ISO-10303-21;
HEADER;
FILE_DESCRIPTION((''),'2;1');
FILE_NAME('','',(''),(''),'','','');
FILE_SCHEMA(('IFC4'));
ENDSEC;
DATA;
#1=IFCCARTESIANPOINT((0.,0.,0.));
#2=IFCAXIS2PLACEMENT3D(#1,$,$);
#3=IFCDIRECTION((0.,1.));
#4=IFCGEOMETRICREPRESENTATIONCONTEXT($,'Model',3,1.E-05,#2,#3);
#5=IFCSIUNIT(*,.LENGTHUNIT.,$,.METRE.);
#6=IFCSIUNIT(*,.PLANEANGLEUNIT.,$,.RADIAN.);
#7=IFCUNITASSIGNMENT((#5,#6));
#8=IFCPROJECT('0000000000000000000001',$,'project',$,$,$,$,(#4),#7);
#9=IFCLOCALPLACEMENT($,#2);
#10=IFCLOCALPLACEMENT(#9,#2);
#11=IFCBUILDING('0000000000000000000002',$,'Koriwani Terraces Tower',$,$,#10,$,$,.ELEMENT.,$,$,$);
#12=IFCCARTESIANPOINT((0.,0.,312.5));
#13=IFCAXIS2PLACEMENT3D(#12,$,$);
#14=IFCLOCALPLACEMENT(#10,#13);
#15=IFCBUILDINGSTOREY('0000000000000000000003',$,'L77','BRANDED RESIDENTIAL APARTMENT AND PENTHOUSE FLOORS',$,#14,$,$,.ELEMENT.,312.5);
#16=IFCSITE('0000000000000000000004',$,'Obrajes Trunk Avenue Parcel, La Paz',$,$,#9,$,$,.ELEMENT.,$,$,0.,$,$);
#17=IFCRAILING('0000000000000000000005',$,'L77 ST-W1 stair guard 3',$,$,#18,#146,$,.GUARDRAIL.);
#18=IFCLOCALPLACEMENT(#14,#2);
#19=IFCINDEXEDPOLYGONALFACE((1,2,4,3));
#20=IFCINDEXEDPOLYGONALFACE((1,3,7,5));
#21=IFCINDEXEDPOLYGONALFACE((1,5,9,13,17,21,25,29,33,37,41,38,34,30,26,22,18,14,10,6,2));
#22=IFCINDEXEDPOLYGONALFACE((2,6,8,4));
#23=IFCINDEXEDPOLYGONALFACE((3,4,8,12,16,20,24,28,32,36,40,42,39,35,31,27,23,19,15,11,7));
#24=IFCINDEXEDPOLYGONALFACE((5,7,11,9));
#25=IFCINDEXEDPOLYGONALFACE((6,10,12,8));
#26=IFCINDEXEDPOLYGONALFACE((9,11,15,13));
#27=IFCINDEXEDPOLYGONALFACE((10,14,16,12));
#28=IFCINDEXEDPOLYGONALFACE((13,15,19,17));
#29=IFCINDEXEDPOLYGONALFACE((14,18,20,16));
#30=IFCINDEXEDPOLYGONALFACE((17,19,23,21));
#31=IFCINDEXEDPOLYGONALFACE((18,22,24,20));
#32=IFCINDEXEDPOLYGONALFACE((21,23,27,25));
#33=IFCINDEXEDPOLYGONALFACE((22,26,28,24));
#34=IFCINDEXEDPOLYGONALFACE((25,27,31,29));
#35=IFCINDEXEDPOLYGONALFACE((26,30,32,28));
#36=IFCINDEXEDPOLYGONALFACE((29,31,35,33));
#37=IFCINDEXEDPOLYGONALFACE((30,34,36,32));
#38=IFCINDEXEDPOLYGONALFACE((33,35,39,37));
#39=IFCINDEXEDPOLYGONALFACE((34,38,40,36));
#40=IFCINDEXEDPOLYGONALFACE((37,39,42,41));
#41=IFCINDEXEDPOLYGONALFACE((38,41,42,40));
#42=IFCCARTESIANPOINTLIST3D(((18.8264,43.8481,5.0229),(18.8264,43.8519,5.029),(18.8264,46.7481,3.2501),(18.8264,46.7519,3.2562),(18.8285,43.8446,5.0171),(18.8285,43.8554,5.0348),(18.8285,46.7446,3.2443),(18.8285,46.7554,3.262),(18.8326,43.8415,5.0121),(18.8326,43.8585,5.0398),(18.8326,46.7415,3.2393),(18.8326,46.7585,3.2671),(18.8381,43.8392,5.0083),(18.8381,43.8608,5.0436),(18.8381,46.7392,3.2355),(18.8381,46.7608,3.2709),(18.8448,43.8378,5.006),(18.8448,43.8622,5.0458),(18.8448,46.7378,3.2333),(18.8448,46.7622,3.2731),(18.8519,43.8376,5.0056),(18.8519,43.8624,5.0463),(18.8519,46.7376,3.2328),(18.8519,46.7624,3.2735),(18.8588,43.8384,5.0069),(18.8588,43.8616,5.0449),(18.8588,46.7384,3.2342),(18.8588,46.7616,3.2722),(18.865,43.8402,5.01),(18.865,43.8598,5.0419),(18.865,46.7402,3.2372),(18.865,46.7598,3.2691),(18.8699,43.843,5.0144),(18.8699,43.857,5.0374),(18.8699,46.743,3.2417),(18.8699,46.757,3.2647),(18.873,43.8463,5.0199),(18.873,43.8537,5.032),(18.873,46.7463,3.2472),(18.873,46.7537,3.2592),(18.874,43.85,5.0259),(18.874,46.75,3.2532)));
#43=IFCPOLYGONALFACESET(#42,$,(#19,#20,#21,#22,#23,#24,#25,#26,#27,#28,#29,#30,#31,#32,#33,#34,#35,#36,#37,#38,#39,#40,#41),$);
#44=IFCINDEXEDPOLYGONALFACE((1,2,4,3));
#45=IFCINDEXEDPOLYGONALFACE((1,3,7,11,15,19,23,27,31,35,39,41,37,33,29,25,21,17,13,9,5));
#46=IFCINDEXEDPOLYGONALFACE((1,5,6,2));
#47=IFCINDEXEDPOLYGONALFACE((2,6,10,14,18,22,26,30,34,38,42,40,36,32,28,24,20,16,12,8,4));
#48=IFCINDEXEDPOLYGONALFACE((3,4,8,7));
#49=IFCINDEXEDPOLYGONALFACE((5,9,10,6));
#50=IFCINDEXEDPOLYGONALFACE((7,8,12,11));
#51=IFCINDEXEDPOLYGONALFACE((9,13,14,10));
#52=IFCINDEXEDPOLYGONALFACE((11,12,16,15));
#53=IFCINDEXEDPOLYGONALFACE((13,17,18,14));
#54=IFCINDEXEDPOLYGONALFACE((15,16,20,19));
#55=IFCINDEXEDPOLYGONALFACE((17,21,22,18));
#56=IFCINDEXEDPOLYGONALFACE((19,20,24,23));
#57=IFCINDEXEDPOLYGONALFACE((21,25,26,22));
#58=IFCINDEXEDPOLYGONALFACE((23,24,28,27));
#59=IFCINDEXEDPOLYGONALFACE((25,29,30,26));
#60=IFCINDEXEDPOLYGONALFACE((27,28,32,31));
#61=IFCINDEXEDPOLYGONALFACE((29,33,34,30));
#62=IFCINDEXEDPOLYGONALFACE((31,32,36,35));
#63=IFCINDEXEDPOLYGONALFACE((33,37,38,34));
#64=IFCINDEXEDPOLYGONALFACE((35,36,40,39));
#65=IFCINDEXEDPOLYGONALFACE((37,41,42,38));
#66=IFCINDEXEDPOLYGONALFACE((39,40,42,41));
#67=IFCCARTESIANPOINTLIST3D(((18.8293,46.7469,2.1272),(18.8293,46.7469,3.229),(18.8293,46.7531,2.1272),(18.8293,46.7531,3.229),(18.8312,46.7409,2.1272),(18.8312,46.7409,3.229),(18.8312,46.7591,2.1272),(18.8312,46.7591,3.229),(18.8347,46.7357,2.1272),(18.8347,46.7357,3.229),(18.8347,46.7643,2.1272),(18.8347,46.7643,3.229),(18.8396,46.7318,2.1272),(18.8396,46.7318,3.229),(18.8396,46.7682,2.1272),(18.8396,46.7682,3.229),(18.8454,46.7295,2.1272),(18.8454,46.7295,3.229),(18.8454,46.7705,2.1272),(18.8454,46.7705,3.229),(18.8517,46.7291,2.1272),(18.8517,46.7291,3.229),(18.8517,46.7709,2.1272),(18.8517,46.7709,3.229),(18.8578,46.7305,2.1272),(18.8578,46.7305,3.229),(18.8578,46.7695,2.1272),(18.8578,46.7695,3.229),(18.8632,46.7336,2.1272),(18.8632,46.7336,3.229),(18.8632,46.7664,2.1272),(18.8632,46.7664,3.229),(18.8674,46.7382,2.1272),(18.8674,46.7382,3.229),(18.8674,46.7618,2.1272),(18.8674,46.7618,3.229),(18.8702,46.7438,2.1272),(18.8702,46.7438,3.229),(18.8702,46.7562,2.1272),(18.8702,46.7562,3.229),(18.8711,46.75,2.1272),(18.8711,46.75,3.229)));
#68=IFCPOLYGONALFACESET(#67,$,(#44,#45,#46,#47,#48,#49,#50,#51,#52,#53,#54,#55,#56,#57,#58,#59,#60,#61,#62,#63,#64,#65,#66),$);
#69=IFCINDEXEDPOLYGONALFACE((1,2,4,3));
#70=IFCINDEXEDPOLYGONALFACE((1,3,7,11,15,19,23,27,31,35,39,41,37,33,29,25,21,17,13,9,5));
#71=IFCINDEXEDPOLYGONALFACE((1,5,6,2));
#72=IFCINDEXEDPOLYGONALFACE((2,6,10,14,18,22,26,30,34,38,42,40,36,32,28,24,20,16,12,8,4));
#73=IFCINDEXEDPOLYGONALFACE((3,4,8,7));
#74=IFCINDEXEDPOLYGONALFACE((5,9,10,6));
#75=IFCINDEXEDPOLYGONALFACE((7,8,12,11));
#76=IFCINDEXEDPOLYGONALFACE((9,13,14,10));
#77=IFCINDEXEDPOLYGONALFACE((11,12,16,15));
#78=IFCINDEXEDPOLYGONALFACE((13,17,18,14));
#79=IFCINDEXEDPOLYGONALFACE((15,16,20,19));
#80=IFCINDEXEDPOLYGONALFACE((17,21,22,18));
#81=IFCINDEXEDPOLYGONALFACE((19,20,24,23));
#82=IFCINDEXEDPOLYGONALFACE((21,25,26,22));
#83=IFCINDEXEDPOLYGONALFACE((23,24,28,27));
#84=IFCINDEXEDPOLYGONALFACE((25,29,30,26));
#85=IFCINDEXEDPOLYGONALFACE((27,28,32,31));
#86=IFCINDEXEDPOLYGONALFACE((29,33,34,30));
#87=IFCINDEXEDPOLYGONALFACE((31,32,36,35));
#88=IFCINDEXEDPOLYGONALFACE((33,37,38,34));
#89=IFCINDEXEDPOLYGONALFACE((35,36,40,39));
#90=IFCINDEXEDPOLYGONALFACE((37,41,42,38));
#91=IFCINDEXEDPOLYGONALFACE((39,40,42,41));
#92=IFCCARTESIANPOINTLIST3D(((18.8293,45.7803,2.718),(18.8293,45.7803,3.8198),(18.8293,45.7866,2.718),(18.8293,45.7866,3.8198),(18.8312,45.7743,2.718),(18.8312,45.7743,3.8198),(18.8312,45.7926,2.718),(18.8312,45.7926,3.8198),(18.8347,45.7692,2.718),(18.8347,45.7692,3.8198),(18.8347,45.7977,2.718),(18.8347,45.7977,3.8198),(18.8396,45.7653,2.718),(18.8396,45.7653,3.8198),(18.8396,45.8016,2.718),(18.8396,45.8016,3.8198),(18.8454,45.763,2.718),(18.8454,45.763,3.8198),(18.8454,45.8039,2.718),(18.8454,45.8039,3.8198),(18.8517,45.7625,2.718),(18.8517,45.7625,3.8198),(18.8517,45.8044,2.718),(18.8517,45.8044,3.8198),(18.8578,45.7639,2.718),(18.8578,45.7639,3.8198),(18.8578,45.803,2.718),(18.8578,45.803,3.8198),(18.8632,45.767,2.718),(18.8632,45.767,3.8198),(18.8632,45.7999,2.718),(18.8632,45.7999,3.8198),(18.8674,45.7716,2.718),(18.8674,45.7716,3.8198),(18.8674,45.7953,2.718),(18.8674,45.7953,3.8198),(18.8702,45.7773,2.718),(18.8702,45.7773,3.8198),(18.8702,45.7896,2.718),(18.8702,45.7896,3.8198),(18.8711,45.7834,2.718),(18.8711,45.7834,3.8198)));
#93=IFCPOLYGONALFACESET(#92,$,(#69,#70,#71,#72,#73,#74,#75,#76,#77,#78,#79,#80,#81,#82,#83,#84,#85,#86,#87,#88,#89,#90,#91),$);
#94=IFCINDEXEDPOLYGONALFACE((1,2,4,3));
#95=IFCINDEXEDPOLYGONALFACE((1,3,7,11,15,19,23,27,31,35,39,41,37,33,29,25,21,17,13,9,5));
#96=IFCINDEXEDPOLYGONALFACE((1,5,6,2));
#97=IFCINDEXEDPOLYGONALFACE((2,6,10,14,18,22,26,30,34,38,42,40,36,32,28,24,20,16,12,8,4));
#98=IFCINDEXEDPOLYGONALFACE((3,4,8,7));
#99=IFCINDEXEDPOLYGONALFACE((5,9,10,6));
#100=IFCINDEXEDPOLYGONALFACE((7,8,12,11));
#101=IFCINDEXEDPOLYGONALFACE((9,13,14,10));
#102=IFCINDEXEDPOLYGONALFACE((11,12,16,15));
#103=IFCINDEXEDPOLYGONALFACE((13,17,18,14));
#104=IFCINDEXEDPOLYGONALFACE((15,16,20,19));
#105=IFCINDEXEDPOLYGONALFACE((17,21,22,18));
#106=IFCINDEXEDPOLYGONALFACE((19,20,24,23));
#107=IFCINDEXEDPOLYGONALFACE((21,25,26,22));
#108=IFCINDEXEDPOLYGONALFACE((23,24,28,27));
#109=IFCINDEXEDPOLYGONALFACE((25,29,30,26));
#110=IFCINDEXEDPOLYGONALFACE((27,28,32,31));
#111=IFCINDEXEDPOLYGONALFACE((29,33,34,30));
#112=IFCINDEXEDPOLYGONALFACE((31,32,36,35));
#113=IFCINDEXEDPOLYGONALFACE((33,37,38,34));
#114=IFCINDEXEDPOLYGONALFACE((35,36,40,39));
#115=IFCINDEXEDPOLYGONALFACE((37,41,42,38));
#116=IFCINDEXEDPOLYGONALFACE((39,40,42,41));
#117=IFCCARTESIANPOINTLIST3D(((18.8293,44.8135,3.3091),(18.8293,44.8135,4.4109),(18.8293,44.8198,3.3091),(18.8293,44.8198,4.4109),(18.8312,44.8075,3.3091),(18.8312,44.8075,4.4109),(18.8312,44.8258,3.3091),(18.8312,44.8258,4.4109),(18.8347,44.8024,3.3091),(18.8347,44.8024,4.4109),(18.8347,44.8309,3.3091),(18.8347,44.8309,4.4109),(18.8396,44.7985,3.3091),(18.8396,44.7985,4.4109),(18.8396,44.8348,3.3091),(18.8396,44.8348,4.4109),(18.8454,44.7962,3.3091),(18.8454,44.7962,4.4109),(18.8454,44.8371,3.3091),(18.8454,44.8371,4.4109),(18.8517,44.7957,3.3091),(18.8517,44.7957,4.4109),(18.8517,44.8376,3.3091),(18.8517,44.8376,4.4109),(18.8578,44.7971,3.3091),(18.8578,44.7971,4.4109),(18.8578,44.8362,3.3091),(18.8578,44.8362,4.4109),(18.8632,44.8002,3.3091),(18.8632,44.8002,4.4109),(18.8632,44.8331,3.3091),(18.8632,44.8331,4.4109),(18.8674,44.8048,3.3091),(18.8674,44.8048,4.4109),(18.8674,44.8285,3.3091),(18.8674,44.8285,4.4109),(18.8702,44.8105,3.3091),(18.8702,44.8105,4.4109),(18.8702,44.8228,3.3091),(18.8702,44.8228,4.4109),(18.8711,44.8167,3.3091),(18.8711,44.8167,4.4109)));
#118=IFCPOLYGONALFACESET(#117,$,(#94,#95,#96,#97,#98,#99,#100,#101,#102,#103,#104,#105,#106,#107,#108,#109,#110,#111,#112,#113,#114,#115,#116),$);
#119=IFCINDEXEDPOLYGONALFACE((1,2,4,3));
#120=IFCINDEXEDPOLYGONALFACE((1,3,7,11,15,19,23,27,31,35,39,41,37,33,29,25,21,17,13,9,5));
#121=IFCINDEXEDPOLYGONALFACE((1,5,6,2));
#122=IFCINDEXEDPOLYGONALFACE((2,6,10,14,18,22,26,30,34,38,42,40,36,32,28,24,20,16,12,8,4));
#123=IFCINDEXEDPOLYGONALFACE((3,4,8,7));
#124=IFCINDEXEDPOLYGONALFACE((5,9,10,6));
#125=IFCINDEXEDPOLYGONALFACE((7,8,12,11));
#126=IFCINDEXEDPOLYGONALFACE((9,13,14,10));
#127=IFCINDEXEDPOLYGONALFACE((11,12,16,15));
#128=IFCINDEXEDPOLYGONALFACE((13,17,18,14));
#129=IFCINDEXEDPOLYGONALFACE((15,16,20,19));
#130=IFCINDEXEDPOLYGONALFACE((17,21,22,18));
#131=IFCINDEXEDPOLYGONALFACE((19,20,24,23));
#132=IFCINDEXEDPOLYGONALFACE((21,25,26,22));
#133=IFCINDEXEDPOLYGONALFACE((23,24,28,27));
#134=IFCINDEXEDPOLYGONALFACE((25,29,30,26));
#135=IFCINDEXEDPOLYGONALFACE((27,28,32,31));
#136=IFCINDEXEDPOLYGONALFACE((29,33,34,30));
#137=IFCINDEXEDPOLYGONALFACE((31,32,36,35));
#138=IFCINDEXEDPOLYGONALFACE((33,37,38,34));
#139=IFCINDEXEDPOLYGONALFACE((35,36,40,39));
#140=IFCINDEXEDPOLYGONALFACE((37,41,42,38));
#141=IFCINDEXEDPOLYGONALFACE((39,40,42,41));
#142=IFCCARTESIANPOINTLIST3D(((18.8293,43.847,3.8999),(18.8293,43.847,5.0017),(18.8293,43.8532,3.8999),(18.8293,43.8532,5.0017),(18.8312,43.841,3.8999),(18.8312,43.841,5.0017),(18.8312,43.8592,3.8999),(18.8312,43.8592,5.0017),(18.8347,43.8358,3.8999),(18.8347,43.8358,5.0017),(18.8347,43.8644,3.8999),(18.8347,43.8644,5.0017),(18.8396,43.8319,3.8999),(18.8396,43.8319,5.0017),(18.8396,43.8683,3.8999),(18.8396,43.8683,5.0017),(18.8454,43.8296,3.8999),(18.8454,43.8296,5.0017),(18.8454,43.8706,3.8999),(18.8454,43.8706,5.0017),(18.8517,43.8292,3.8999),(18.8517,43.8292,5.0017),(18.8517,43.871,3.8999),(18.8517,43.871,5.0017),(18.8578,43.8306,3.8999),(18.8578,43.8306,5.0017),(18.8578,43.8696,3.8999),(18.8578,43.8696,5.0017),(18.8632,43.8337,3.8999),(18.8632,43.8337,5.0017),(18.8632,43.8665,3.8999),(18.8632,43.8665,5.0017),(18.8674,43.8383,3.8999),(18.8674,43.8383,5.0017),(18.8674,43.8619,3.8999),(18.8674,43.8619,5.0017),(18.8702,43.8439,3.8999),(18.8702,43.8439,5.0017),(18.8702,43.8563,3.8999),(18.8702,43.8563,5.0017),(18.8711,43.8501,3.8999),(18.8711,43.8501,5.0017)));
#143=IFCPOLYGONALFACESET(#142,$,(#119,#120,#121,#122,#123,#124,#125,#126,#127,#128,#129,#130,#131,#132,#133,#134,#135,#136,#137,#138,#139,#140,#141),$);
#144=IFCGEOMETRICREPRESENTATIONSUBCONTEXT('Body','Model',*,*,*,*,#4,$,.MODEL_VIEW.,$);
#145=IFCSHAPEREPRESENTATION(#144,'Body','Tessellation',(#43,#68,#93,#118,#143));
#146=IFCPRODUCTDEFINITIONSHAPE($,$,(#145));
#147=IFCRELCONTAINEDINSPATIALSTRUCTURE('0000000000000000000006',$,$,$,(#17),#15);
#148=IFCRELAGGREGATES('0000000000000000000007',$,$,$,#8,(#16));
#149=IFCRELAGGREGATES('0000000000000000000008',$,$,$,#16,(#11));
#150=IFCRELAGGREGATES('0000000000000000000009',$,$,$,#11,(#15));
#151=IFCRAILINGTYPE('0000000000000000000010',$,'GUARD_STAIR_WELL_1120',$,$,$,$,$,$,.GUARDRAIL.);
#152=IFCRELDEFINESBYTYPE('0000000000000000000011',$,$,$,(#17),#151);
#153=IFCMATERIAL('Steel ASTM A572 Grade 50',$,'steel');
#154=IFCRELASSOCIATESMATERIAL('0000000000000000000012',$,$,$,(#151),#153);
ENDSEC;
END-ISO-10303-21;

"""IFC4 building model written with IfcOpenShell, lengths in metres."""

from ifc_helpers import new_model, si_unit, direction, frame, origin, origin_2d, place, context, subcontext, project, spatial, circle, extrude, material, type_object, element, save


model = new_model("IFC4")

# Units and contexts
model_context = context("Model", 3, precision=1e-05, world=origin(), true_north=direction((0.0, 1.0)))
body_context = subcontext(model_context, "Body", "Model", "MODEL_VIEW")
ifc_project = project(units=[si_unit("LENGTHUNIT", "METRE"), si_unit("PLANEANGLEUNIT", "RADIAN")], contexts=[model_context])

# Site, building, storey
site_placement = place(None, origin())
site = spatial("IfcSite", under=ifc_project, at=site_placement, Name="Obrajes Trunk Avenue Parcel, La Paz", CompositionType="ELEMENT", RefElevation=0.0)
building_placement = place(site_placement, origin())
building = spatial("IfcBuilding", under=site, at=building_placement, Name="Koriwani Terraces Tower", CompositionType="ELEMENT")
storey_placement = place(building_placement, frame((0.0, 0.0, 312.5)))
storey = spatial("IfcBuildingStorey", under=building, at=storey_placement, Name="L77", Description="BRANDED RESIDENTIAL APARTMENT AND PENTHOUSE FLOORS", CompositionType="ELEMENT", Elevation=312.5)

# Shared definitions
ifc_material_1 = material(Name="Steel ASTM A572 Grade 50", Category="steel")

# Railing
railing_type_1 = type_object("IfcRailingType", Name="GUARD_STAIR_WELL_1120", PredefinedType="GUARDRAIL", material=ifc_material_1)
railing_1_placement = place(storey_placement, frame((18.8501, 46.75, 2.1272)))
element("IfcRailing", 1, at=railing_1_placement, inside=storey, type_object=railing_type_1, Name="L77 ST-W1 stair guard 3", PredefinedType="GUARDRAIL", context=body_context, shape_type="SweptSolid", body=[
    extrude(circle(Radius=0.0239, at=origin_2d()), frame((0.0, 0.0, 1.126), z_axis=(0.0, -0.853211, 0.521566), x_axis=(1.0, 0.0, 0.0)), (0.0, 0.0, 1.0), 3.3989),
    extrude(circle(Radius=0.021, at=origin_2d()), origin(), (0.0, 0.0, 1.0), 1.1018),
    extrude(circle(Radius=0.021, at=origin_2d()), frame((0.0, -0.9666, 0.5908)), (0.0, 0.0, 1.0), 1.1018),
    extrude(circle(Radius=0.021, at=origin_2d()), frame((0.0, -1.9333, 1.1819)), (0.0, 0.0, 1.0), 1.1018),
    extrude(circle(Radius=0.021, at=origin_2d()), frame((0.0, -2.8999, 1.7727)), (0.0, 0.0, 1.0), 1.1018),
])

save(model, "model.ifc")
